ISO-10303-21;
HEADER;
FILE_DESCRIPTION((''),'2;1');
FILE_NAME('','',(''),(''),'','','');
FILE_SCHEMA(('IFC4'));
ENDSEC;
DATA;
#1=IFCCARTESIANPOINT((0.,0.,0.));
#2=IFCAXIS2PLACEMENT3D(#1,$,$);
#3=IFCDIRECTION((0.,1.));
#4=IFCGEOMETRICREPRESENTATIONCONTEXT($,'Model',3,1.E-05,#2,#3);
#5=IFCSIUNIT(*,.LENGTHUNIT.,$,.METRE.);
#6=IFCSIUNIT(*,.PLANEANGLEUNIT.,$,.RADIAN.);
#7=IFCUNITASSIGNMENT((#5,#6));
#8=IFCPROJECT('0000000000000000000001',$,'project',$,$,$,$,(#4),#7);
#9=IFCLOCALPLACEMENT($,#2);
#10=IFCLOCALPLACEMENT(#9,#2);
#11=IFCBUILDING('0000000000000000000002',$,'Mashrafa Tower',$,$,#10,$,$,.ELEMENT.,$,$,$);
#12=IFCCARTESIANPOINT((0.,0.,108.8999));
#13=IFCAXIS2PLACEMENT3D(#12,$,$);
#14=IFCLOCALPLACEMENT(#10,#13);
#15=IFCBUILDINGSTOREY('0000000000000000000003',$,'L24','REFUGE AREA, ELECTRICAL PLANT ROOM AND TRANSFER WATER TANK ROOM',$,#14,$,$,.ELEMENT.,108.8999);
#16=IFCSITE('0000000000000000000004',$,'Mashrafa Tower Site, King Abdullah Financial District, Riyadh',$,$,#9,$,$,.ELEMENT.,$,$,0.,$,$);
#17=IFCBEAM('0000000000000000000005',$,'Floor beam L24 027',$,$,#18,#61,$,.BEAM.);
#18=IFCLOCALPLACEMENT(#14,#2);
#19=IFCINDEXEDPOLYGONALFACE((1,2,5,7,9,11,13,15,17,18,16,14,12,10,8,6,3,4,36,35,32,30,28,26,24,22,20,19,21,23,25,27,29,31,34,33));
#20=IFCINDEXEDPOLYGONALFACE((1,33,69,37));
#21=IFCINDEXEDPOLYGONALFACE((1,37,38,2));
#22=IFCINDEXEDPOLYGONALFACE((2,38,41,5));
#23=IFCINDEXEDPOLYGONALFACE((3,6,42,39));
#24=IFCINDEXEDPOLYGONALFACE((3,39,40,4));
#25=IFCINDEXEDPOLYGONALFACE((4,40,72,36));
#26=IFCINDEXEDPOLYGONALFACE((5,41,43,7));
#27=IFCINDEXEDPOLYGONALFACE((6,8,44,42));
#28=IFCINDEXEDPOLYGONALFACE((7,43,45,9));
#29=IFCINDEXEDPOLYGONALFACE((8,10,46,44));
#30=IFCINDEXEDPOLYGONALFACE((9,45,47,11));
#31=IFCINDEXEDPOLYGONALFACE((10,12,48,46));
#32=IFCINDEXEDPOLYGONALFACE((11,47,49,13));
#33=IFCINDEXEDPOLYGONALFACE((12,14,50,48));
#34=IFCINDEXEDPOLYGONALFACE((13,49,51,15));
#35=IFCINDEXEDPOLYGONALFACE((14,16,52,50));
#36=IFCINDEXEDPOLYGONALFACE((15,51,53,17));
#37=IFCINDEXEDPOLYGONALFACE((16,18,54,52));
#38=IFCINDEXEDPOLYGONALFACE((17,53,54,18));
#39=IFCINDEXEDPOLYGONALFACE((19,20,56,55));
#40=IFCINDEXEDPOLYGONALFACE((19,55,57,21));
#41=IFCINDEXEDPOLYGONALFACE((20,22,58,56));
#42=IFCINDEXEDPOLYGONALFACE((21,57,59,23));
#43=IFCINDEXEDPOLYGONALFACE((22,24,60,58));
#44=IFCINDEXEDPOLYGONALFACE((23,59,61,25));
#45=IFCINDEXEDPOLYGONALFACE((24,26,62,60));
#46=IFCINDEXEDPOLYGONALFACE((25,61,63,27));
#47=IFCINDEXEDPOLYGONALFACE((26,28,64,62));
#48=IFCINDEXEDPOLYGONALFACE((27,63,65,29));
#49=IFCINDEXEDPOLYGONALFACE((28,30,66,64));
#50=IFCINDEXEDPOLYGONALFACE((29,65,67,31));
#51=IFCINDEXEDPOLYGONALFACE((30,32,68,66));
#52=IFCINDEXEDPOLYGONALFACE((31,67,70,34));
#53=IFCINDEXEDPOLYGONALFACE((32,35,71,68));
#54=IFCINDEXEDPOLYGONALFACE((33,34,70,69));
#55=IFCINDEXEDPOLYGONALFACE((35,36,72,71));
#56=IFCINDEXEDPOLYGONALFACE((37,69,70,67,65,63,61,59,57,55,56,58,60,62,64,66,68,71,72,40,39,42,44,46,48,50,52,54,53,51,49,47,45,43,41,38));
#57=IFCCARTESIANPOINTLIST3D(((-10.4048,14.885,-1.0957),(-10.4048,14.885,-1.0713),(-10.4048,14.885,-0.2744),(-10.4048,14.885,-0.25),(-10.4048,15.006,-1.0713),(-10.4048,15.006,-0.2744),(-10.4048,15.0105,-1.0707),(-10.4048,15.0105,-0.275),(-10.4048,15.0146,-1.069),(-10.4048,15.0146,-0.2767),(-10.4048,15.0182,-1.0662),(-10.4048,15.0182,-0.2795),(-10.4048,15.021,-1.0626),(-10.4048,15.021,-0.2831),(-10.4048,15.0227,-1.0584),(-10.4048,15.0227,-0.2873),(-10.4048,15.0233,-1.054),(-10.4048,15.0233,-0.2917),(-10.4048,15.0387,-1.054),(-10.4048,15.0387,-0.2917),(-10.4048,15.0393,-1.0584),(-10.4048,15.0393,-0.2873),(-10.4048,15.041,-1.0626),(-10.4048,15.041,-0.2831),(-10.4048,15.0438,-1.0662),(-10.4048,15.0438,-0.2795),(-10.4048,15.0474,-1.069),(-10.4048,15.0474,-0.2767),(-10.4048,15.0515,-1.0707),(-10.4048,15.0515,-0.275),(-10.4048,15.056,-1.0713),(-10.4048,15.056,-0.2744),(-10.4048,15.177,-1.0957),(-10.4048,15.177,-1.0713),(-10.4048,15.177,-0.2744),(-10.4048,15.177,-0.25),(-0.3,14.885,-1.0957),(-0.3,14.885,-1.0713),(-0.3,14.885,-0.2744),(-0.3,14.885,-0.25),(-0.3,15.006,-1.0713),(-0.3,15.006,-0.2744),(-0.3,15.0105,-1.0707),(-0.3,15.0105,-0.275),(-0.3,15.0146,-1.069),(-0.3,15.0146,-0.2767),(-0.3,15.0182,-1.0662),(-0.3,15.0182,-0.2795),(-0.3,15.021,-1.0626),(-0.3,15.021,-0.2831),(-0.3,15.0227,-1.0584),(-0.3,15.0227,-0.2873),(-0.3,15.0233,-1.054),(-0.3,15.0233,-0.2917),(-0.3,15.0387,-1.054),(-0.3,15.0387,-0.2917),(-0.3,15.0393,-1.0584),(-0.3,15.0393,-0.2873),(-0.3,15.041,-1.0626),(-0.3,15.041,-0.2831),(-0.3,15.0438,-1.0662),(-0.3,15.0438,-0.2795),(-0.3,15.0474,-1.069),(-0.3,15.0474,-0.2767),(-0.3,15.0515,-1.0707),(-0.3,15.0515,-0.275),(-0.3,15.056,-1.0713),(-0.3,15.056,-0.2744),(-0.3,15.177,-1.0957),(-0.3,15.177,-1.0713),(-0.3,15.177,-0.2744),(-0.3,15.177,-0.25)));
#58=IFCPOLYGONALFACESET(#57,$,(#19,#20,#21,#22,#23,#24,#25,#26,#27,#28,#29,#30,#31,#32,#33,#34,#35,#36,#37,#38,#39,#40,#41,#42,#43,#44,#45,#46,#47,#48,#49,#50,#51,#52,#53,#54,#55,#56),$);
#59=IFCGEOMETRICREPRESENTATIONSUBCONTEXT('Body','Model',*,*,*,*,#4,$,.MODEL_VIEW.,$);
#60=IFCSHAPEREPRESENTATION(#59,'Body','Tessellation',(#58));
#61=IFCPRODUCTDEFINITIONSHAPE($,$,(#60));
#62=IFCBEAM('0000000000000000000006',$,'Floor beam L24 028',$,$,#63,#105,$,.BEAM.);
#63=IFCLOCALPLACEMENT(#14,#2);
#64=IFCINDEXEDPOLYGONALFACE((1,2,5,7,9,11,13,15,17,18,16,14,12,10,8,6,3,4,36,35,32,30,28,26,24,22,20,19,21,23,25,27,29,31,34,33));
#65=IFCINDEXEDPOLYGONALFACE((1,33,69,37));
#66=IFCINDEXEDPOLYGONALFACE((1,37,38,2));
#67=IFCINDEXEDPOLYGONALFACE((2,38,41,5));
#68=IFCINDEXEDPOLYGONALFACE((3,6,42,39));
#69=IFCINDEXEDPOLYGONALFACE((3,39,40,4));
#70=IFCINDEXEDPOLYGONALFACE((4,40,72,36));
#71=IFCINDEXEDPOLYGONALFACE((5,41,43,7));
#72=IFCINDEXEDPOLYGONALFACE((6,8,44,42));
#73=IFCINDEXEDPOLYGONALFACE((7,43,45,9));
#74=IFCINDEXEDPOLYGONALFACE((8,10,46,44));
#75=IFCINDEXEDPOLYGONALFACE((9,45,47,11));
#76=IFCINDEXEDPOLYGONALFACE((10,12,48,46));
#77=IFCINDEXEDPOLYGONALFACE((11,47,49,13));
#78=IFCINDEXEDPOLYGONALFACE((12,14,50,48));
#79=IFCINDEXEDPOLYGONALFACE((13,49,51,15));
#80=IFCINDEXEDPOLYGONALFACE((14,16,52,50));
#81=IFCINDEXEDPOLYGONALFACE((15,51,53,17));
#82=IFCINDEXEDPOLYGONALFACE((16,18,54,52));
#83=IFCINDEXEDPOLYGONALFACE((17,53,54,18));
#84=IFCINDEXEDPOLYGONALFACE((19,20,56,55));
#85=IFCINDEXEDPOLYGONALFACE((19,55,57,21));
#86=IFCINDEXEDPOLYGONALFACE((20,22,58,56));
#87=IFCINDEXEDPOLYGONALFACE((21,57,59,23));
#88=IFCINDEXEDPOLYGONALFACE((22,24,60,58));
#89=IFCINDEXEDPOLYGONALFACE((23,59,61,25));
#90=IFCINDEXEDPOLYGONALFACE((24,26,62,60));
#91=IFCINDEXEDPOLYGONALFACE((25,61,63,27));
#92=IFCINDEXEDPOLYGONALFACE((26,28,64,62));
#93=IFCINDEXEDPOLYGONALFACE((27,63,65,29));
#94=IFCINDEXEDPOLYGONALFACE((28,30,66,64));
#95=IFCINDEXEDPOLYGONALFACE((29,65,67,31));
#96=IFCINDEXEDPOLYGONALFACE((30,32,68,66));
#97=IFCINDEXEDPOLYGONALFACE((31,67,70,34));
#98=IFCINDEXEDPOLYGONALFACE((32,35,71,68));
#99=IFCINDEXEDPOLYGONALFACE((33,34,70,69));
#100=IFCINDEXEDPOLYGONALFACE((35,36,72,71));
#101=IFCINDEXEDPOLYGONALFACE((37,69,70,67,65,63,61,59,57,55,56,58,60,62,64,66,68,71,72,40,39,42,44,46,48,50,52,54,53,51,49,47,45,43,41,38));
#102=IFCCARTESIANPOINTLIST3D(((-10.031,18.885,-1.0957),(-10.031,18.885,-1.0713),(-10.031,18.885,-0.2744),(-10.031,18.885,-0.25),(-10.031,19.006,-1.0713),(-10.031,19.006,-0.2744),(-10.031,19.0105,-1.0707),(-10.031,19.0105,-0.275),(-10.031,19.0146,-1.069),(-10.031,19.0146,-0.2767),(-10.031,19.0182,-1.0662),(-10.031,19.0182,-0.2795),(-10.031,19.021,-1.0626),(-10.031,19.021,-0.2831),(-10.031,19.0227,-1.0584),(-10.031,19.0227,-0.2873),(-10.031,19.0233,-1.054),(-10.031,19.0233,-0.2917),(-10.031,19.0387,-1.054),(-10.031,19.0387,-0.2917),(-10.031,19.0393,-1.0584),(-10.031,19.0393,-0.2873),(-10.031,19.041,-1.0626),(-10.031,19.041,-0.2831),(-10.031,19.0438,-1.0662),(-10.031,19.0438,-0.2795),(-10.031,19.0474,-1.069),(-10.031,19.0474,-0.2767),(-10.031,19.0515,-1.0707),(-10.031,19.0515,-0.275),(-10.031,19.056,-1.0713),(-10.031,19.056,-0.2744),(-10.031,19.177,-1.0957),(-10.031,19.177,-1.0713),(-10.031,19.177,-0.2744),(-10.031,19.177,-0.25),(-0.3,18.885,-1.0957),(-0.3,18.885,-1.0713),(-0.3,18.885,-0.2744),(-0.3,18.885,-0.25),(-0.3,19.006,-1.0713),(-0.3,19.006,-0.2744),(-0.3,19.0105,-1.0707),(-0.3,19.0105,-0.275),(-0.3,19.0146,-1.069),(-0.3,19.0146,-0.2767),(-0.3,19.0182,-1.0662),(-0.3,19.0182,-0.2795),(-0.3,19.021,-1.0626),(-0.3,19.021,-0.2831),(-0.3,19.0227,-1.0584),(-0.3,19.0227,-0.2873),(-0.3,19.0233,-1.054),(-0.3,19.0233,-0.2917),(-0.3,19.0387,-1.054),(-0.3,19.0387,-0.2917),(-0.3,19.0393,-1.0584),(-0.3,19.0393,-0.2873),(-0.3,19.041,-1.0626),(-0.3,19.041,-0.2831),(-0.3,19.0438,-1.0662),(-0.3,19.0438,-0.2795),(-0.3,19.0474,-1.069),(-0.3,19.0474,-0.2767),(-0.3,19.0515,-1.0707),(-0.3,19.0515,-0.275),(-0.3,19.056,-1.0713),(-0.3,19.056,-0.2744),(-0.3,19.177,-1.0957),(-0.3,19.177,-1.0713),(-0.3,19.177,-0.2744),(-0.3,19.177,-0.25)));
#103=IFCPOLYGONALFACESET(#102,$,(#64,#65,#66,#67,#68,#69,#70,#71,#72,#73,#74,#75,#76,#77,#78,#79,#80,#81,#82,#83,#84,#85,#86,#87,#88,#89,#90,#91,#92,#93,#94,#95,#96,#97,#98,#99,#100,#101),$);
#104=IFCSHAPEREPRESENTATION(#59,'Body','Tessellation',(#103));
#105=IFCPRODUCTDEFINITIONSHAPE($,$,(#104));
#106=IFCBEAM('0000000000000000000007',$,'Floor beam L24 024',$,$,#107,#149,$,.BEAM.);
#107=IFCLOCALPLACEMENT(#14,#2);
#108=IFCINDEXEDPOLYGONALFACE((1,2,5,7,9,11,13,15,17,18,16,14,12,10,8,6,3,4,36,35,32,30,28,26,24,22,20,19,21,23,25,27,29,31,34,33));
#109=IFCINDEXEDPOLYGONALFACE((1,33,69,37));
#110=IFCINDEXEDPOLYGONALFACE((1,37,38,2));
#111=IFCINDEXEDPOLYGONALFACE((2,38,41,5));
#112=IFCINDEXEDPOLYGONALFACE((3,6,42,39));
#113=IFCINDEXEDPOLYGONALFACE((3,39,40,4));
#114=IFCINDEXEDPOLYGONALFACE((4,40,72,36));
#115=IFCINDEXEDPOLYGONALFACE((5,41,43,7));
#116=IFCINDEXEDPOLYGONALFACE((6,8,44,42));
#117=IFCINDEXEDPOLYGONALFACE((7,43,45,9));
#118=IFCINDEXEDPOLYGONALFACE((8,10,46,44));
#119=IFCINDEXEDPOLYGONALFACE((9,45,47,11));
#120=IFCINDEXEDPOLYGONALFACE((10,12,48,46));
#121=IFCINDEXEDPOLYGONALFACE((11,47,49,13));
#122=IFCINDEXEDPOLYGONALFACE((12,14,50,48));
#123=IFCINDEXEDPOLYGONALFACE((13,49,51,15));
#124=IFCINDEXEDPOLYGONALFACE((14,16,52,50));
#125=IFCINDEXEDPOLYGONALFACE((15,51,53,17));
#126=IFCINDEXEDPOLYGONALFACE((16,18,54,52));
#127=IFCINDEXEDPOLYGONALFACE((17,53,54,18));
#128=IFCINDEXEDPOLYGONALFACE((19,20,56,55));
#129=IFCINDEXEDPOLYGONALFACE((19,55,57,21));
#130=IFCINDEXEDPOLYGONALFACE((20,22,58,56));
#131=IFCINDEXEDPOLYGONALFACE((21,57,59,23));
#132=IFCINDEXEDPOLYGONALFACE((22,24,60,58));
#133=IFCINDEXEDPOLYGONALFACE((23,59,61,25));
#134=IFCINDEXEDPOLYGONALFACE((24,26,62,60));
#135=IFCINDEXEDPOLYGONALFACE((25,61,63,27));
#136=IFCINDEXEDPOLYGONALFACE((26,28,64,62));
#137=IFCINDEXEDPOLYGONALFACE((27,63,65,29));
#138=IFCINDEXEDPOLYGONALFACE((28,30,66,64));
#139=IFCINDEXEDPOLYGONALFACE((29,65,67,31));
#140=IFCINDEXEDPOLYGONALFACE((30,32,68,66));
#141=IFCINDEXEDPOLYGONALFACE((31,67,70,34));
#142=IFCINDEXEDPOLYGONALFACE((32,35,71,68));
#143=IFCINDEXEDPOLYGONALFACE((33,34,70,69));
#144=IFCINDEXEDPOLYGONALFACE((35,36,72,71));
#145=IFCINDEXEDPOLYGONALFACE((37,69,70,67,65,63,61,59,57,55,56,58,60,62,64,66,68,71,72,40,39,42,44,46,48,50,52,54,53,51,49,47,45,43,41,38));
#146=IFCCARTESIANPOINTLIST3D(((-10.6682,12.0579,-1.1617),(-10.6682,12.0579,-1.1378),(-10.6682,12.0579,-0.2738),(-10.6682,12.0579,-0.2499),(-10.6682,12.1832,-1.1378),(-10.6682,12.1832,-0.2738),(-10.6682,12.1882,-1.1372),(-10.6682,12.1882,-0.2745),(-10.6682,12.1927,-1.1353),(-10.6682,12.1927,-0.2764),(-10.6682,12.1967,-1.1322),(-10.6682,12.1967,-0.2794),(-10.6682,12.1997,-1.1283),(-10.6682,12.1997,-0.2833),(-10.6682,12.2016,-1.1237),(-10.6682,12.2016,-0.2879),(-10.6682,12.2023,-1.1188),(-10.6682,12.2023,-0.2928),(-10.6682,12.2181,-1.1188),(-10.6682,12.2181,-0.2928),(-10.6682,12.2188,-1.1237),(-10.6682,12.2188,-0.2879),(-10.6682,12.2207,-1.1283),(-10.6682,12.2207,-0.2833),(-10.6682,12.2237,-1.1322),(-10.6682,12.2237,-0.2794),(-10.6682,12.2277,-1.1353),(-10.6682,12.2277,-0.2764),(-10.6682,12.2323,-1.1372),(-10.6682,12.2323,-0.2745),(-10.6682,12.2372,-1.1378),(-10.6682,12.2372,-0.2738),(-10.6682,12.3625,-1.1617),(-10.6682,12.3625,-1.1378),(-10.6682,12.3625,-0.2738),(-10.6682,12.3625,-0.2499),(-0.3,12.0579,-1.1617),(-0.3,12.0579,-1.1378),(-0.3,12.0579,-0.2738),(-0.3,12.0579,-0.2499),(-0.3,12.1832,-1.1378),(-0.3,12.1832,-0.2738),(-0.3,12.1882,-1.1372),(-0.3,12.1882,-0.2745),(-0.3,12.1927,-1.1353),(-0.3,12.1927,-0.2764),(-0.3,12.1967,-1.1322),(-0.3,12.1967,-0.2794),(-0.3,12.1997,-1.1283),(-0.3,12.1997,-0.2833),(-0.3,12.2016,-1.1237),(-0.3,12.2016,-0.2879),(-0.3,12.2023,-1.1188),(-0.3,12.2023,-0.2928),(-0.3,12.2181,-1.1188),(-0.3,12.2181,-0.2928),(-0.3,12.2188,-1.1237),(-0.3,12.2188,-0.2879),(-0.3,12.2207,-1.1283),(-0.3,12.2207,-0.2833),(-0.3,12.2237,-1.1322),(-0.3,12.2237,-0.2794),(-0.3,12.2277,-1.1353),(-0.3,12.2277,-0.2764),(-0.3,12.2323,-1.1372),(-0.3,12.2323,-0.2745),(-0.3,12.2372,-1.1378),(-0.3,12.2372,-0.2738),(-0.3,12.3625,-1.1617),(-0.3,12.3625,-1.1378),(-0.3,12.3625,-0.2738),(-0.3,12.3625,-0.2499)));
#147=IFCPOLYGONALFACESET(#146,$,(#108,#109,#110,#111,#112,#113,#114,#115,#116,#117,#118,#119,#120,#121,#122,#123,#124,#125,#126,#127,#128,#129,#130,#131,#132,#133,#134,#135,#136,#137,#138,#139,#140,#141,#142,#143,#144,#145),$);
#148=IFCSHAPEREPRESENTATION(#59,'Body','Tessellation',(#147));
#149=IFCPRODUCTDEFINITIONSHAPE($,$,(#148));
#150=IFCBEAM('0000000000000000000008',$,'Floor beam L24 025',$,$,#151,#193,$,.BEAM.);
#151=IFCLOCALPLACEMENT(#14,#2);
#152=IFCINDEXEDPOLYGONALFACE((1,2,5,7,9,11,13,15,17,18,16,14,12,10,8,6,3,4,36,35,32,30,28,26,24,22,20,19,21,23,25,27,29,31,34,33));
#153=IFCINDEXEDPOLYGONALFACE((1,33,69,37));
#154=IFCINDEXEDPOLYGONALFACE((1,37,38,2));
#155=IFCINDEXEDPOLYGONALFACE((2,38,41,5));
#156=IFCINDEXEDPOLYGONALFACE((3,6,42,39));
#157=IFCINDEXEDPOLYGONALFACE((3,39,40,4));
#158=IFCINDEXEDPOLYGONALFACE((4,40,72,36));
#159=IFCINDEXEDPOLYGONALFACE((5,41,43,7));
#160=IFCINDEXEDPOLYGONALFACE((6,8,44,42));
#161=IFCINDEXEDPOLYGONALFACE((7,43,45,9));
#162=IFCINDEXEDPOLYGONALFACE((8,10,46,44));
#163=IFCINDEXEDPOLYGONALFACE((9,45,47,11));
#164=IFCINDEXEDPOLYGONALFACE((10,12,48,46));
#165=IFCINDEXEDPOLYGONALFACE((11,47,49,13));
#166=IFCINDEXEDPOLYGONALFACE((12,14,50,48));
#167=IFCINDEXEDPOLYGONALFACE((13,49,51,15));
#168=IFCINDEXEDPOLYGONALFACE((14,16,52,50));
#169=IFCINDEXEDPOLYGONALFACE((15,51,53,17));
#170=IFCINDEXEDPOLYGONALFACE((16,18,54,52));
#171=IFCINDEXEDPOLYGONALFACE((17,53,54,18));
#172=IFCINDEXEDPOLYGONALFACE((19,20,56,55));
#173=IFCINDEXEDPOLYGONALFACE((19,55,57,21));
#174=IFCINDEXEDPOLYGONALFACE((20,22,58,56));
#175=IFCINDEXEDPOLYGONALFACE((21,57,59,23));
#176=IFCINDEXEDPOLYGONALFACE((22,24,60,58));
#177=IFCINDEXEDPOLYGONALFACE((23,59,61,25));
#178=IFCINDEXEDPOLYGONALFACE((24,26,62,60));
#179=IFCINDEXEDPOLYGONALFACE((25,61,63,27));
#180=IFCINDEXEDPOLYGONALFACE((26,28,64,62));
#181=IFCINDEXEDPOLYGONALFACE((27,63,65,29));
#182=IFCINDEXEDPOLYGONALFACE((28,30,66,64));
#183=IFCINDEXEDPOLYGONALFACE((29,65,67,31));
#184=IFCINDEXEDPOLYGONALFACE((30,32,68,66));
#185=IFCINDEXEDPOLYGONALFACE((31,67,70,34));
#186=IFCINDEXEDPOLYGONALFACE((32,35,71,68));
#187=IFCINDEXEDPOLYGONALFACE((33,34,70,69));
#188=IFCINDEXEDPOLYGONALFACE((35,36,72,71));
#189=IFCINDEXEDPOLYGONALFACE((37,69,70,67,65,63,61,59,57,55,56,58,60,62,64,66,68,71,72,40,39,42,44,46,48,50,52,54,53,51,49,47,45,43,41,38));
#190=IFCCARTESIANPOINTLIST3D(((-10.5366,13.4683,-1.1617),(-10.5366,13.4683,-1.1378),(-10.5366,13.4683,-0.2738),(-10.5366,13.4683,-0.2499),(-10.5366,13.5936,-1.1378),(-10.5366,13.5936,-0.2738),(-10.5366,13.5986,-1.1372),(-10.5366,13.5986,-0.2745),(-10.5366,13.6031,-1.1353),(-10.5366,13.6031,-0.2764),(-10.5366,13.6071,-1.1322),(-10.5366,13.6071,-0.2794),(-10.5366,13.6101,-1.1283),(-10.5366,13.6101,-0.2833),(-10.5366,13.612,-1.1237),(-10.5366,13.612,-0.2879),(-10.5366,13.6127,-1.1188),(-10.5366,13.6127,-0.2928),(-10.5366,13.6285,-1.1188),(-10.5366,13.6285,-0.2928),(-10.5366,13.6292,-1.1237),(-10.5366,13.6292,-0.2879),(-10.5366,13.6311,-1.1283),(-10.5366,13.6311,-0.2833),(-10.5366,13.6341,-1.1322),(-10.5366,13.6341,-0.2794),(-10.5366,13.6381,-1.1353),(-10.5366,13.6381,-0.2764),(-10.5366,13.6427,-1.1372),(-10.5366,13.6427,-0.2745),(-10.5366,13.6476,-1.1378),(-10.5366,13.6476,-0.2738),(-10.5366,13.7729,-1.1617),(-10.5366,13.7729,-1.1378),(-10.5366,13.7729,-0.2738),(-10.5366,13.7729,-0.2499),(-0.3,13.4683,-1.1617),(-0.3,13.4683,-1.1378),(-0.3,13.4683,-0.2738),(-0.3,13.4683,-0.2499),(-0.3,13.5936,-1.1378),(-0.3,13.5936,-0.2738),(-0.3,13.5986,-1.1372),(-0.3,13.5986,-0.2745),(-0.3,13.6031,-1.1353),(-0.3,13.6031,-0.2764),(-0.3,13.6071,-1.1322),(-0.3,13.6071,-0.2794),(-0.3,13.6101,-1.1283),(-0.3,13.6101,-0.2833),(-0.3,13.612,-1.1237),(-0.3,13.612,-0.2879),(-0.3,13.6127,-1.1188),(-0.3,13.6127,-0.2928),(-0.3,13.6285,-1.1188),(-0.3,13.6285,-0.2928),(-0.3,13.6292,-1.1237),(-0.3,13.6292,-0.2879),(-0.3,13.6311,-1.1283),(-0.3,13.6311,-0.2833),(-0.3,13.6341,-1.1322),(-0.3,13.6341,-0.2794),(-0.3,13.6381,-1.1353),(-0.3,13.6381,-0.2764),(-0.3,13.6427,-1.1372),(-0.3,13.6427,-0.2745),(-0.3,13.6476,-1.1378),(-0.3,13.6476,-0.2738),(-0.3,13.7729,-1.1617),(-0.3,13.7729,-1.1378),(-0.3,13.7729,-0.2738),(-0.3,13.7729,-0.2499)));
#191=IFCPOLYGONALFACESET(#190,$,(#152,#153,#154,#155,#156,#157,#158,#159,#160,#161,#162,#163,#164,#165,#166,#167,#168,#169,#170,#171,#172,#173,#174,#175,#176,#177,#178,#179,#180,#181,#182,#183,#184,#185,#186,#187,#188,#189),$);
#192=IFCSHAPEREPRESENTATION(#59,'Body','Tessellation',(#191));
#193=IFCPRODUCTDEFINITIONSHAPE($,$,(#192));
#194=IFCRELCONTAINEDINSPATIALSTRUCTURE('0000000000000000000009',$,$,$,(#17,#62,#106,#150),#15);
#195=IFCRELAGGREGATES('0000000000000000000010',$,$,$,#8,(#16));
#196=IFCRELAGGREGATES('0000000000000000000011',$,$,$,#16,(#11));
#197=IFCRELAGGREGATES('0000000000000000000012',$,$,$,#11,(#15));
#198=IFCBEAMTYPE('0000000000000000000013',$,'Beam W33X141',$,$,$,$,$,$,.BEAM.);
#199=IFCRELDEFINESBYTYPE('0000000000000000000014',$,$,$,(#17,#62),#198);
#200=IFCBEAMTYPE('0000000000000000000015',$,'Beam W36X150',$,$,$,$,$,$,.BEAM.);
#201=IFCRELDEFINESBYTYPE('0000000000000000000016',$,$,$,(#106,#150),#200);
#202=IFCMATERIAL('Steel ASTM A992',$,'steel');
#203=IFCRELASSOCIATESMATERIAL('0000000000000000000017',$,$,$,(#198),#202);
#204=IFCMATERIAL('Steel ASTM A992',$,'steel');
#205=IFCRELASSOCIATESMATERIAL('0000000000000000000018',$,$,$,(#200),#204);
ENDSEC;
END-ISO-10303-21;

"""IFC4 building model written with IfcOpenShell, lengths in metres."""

from ifc_helpers import new_model, si_unit, direction, frame, origin, origin_2d, place, context, subcontext, project, spatial, i_section, extrude, material, material_profile, profile_set, type_object, element, save


model = new_model("IFC4")

# Units and contexts
model_context = context("Model", 3, precision=1e-05, world=origin(), true_north=direction((0.0, 1.0)))
body_context = subcontext(model_context, "Body", "Model", "MODEL_VIEW")
ifc_project = project(units=[si_unit("LENGTHUNIT", "METRE"), si_unit("PLANEANGLEUNIT", "RADIAN")], contexts=[model_context])

# Site, building, storey
site_placement = place(None, origin())
site = spatial("IfcSite", under=ifc_project, at=site_placement, Name="Mashrafa Tower Site, King Abdullah Financial District, Riyadh", CompositionType="ELEMENT", RefElevation=0.0)
building_placement = place(site_placement, origin())
building = spatial("IfcBuilding", under=site, at=building_placement, Name="Mashrafa Tower", CompositionType="ELEMENT")
storey_placement = place(building_placement, frame((0.0, 0.0, 108.8999)))
storey = spatial("IfcBuildingStorey", under=building, at=storey_placement, Name="L24", Description="REFUGE AREA, ELECTRICAL PLANT ROOM AND TRANSFER WATER TANK ROOM", CompositionType="ELEMENT", Elevation=108.8999)

# Beams
ifc_material_1 = material(Name="Steel ASTM A992", Category="steel")
ifc_material_profile_1 = material_profile(ifc_material_1, i_section(OverallWidth=0.292, OverallDepth=0.8457, WebThickness=0.0154, FlangeThickness=0.0244, FilletRadius=0.0173, at=origin_2d()), Name="W33X141")
ifc_profile_set_1 = profile_set([ifc_material_profile_1], Name="Steel ASTM A992")
beam_type_1 = type_object("IfcBeamType", Name="Beam W33X141", PredefinedType="BEAM", material=ifc_profile_set_1)
beam_1_placement = place(storey_placement, frame((-10.4048, 15.031, -0.6729), z_axis=(1.0, 0.0, 0.0), x_axis=(0.0, 1.0, 0.0)))
element("IfcBeam", 1, at=beam_1_placement, inside=storey, type_object=beam_type_1, Name="Floor beam L24 027", PredefinedType="BEAM", context=body_context, shape_type="SweptSolid", body=[
    extrude(i_section(OverallWidth=0.292, OverallDepth=0.8457, WebThickness=0.0154, FlangeThickness=0.0244, FilletRadius=0.0173, at=origin_2d()), origin(), (0.0, 0.0, 1.0), 10.1047),
])
beam_2_placement = place(storey_placement, frame((-10.031, 19.031, -0.6729), z_axis=(1.0, 0.0, 0.0), x_axis=(0.0, 1.0, 0.0)))
element("IfcBeam", 2, at=beam_2_placement, inside=storey, type_object=beam_type_1, Name="Floor beam L24 028", PredefinedType="BEAM", context=body_context, shape_type="SweptSolid", body=[
    extrude(i_section(OverallWidth=0.292, OverallDepth=0.8457, WebThickness=0.0154, FlangeThickness=0.0244, FilletRadius=0.0173, at=origin_2d()), origin(), (0.0, 0.0, 1.0), 9.731),
])
ifc_material_2 = material(Name="Steel ASTM A992", Category="steel")
ifc_material_profile_2 = material_profile(ifc_material_2, i_section(OverallWidth=0.3047, OverallDepth=0.9119, WebThickness=0.0159, FlangeThickness=0.0239, FilletRadius=0.019, at=origin_2d()), Name="W36X150")
ifc_profile_set_2 = profile_set([ifc_material_profile_2], Name="Steel ASTM A992")
beam_type_2 = type_object("IfcBeamType", Name="Beam W36X150", PredefinedType="BEAM", material=ifc_profile_set_2)
beam_3_placement = place(storey_placement, frame((-10.6682, 12.2102, -0.7058), z_axis=(1.0, 0.0, 0.0), x_axis=(0.0, 1.0, 0.0)))
element("IfcBeam", 3, at=beam_3_placement, inside=storey, type_object=beam_type_2, Name="Floor beam L24 024", PredefinedType="BEAM", context=body_context, shape_type="SweptSolid", body=[
    extrude(i_section(OverallWidth=0.3047, OverallDepth=0.9119, WebThickness=0.0159, FlangeThickness=0.0239, FilletRadius=0.019, at=origin_2d()), origin(), (0.0, 0.0, 1.0), 10.3682),
])
beam_4_placement = place(storey_placement, frame((-10.5366, 13.6206, -0.7058), z_axis=(1.0, 0.0, 0.0), x_axis=(0.0, 1.0, 0.0)))
element("IfcBeam", 4, at=beam_4_placement, inside=storey, type_object=beam_type_2, Name="Floor beam L24 025", PredefinedType="BEAM", context=body_context, shape_type="SweptSolid", body=[
    extrude(i_section(OverallWidth=0.3047, OverallDepth=0.9119, WebThickness=0.0159, FlangeThickness=0.0239, FilletRadius=0.019, at=origin_2d()), origin(), (0.0, 0.0, 1.0), 10.2366),
])

save(model, "model.ifc")
